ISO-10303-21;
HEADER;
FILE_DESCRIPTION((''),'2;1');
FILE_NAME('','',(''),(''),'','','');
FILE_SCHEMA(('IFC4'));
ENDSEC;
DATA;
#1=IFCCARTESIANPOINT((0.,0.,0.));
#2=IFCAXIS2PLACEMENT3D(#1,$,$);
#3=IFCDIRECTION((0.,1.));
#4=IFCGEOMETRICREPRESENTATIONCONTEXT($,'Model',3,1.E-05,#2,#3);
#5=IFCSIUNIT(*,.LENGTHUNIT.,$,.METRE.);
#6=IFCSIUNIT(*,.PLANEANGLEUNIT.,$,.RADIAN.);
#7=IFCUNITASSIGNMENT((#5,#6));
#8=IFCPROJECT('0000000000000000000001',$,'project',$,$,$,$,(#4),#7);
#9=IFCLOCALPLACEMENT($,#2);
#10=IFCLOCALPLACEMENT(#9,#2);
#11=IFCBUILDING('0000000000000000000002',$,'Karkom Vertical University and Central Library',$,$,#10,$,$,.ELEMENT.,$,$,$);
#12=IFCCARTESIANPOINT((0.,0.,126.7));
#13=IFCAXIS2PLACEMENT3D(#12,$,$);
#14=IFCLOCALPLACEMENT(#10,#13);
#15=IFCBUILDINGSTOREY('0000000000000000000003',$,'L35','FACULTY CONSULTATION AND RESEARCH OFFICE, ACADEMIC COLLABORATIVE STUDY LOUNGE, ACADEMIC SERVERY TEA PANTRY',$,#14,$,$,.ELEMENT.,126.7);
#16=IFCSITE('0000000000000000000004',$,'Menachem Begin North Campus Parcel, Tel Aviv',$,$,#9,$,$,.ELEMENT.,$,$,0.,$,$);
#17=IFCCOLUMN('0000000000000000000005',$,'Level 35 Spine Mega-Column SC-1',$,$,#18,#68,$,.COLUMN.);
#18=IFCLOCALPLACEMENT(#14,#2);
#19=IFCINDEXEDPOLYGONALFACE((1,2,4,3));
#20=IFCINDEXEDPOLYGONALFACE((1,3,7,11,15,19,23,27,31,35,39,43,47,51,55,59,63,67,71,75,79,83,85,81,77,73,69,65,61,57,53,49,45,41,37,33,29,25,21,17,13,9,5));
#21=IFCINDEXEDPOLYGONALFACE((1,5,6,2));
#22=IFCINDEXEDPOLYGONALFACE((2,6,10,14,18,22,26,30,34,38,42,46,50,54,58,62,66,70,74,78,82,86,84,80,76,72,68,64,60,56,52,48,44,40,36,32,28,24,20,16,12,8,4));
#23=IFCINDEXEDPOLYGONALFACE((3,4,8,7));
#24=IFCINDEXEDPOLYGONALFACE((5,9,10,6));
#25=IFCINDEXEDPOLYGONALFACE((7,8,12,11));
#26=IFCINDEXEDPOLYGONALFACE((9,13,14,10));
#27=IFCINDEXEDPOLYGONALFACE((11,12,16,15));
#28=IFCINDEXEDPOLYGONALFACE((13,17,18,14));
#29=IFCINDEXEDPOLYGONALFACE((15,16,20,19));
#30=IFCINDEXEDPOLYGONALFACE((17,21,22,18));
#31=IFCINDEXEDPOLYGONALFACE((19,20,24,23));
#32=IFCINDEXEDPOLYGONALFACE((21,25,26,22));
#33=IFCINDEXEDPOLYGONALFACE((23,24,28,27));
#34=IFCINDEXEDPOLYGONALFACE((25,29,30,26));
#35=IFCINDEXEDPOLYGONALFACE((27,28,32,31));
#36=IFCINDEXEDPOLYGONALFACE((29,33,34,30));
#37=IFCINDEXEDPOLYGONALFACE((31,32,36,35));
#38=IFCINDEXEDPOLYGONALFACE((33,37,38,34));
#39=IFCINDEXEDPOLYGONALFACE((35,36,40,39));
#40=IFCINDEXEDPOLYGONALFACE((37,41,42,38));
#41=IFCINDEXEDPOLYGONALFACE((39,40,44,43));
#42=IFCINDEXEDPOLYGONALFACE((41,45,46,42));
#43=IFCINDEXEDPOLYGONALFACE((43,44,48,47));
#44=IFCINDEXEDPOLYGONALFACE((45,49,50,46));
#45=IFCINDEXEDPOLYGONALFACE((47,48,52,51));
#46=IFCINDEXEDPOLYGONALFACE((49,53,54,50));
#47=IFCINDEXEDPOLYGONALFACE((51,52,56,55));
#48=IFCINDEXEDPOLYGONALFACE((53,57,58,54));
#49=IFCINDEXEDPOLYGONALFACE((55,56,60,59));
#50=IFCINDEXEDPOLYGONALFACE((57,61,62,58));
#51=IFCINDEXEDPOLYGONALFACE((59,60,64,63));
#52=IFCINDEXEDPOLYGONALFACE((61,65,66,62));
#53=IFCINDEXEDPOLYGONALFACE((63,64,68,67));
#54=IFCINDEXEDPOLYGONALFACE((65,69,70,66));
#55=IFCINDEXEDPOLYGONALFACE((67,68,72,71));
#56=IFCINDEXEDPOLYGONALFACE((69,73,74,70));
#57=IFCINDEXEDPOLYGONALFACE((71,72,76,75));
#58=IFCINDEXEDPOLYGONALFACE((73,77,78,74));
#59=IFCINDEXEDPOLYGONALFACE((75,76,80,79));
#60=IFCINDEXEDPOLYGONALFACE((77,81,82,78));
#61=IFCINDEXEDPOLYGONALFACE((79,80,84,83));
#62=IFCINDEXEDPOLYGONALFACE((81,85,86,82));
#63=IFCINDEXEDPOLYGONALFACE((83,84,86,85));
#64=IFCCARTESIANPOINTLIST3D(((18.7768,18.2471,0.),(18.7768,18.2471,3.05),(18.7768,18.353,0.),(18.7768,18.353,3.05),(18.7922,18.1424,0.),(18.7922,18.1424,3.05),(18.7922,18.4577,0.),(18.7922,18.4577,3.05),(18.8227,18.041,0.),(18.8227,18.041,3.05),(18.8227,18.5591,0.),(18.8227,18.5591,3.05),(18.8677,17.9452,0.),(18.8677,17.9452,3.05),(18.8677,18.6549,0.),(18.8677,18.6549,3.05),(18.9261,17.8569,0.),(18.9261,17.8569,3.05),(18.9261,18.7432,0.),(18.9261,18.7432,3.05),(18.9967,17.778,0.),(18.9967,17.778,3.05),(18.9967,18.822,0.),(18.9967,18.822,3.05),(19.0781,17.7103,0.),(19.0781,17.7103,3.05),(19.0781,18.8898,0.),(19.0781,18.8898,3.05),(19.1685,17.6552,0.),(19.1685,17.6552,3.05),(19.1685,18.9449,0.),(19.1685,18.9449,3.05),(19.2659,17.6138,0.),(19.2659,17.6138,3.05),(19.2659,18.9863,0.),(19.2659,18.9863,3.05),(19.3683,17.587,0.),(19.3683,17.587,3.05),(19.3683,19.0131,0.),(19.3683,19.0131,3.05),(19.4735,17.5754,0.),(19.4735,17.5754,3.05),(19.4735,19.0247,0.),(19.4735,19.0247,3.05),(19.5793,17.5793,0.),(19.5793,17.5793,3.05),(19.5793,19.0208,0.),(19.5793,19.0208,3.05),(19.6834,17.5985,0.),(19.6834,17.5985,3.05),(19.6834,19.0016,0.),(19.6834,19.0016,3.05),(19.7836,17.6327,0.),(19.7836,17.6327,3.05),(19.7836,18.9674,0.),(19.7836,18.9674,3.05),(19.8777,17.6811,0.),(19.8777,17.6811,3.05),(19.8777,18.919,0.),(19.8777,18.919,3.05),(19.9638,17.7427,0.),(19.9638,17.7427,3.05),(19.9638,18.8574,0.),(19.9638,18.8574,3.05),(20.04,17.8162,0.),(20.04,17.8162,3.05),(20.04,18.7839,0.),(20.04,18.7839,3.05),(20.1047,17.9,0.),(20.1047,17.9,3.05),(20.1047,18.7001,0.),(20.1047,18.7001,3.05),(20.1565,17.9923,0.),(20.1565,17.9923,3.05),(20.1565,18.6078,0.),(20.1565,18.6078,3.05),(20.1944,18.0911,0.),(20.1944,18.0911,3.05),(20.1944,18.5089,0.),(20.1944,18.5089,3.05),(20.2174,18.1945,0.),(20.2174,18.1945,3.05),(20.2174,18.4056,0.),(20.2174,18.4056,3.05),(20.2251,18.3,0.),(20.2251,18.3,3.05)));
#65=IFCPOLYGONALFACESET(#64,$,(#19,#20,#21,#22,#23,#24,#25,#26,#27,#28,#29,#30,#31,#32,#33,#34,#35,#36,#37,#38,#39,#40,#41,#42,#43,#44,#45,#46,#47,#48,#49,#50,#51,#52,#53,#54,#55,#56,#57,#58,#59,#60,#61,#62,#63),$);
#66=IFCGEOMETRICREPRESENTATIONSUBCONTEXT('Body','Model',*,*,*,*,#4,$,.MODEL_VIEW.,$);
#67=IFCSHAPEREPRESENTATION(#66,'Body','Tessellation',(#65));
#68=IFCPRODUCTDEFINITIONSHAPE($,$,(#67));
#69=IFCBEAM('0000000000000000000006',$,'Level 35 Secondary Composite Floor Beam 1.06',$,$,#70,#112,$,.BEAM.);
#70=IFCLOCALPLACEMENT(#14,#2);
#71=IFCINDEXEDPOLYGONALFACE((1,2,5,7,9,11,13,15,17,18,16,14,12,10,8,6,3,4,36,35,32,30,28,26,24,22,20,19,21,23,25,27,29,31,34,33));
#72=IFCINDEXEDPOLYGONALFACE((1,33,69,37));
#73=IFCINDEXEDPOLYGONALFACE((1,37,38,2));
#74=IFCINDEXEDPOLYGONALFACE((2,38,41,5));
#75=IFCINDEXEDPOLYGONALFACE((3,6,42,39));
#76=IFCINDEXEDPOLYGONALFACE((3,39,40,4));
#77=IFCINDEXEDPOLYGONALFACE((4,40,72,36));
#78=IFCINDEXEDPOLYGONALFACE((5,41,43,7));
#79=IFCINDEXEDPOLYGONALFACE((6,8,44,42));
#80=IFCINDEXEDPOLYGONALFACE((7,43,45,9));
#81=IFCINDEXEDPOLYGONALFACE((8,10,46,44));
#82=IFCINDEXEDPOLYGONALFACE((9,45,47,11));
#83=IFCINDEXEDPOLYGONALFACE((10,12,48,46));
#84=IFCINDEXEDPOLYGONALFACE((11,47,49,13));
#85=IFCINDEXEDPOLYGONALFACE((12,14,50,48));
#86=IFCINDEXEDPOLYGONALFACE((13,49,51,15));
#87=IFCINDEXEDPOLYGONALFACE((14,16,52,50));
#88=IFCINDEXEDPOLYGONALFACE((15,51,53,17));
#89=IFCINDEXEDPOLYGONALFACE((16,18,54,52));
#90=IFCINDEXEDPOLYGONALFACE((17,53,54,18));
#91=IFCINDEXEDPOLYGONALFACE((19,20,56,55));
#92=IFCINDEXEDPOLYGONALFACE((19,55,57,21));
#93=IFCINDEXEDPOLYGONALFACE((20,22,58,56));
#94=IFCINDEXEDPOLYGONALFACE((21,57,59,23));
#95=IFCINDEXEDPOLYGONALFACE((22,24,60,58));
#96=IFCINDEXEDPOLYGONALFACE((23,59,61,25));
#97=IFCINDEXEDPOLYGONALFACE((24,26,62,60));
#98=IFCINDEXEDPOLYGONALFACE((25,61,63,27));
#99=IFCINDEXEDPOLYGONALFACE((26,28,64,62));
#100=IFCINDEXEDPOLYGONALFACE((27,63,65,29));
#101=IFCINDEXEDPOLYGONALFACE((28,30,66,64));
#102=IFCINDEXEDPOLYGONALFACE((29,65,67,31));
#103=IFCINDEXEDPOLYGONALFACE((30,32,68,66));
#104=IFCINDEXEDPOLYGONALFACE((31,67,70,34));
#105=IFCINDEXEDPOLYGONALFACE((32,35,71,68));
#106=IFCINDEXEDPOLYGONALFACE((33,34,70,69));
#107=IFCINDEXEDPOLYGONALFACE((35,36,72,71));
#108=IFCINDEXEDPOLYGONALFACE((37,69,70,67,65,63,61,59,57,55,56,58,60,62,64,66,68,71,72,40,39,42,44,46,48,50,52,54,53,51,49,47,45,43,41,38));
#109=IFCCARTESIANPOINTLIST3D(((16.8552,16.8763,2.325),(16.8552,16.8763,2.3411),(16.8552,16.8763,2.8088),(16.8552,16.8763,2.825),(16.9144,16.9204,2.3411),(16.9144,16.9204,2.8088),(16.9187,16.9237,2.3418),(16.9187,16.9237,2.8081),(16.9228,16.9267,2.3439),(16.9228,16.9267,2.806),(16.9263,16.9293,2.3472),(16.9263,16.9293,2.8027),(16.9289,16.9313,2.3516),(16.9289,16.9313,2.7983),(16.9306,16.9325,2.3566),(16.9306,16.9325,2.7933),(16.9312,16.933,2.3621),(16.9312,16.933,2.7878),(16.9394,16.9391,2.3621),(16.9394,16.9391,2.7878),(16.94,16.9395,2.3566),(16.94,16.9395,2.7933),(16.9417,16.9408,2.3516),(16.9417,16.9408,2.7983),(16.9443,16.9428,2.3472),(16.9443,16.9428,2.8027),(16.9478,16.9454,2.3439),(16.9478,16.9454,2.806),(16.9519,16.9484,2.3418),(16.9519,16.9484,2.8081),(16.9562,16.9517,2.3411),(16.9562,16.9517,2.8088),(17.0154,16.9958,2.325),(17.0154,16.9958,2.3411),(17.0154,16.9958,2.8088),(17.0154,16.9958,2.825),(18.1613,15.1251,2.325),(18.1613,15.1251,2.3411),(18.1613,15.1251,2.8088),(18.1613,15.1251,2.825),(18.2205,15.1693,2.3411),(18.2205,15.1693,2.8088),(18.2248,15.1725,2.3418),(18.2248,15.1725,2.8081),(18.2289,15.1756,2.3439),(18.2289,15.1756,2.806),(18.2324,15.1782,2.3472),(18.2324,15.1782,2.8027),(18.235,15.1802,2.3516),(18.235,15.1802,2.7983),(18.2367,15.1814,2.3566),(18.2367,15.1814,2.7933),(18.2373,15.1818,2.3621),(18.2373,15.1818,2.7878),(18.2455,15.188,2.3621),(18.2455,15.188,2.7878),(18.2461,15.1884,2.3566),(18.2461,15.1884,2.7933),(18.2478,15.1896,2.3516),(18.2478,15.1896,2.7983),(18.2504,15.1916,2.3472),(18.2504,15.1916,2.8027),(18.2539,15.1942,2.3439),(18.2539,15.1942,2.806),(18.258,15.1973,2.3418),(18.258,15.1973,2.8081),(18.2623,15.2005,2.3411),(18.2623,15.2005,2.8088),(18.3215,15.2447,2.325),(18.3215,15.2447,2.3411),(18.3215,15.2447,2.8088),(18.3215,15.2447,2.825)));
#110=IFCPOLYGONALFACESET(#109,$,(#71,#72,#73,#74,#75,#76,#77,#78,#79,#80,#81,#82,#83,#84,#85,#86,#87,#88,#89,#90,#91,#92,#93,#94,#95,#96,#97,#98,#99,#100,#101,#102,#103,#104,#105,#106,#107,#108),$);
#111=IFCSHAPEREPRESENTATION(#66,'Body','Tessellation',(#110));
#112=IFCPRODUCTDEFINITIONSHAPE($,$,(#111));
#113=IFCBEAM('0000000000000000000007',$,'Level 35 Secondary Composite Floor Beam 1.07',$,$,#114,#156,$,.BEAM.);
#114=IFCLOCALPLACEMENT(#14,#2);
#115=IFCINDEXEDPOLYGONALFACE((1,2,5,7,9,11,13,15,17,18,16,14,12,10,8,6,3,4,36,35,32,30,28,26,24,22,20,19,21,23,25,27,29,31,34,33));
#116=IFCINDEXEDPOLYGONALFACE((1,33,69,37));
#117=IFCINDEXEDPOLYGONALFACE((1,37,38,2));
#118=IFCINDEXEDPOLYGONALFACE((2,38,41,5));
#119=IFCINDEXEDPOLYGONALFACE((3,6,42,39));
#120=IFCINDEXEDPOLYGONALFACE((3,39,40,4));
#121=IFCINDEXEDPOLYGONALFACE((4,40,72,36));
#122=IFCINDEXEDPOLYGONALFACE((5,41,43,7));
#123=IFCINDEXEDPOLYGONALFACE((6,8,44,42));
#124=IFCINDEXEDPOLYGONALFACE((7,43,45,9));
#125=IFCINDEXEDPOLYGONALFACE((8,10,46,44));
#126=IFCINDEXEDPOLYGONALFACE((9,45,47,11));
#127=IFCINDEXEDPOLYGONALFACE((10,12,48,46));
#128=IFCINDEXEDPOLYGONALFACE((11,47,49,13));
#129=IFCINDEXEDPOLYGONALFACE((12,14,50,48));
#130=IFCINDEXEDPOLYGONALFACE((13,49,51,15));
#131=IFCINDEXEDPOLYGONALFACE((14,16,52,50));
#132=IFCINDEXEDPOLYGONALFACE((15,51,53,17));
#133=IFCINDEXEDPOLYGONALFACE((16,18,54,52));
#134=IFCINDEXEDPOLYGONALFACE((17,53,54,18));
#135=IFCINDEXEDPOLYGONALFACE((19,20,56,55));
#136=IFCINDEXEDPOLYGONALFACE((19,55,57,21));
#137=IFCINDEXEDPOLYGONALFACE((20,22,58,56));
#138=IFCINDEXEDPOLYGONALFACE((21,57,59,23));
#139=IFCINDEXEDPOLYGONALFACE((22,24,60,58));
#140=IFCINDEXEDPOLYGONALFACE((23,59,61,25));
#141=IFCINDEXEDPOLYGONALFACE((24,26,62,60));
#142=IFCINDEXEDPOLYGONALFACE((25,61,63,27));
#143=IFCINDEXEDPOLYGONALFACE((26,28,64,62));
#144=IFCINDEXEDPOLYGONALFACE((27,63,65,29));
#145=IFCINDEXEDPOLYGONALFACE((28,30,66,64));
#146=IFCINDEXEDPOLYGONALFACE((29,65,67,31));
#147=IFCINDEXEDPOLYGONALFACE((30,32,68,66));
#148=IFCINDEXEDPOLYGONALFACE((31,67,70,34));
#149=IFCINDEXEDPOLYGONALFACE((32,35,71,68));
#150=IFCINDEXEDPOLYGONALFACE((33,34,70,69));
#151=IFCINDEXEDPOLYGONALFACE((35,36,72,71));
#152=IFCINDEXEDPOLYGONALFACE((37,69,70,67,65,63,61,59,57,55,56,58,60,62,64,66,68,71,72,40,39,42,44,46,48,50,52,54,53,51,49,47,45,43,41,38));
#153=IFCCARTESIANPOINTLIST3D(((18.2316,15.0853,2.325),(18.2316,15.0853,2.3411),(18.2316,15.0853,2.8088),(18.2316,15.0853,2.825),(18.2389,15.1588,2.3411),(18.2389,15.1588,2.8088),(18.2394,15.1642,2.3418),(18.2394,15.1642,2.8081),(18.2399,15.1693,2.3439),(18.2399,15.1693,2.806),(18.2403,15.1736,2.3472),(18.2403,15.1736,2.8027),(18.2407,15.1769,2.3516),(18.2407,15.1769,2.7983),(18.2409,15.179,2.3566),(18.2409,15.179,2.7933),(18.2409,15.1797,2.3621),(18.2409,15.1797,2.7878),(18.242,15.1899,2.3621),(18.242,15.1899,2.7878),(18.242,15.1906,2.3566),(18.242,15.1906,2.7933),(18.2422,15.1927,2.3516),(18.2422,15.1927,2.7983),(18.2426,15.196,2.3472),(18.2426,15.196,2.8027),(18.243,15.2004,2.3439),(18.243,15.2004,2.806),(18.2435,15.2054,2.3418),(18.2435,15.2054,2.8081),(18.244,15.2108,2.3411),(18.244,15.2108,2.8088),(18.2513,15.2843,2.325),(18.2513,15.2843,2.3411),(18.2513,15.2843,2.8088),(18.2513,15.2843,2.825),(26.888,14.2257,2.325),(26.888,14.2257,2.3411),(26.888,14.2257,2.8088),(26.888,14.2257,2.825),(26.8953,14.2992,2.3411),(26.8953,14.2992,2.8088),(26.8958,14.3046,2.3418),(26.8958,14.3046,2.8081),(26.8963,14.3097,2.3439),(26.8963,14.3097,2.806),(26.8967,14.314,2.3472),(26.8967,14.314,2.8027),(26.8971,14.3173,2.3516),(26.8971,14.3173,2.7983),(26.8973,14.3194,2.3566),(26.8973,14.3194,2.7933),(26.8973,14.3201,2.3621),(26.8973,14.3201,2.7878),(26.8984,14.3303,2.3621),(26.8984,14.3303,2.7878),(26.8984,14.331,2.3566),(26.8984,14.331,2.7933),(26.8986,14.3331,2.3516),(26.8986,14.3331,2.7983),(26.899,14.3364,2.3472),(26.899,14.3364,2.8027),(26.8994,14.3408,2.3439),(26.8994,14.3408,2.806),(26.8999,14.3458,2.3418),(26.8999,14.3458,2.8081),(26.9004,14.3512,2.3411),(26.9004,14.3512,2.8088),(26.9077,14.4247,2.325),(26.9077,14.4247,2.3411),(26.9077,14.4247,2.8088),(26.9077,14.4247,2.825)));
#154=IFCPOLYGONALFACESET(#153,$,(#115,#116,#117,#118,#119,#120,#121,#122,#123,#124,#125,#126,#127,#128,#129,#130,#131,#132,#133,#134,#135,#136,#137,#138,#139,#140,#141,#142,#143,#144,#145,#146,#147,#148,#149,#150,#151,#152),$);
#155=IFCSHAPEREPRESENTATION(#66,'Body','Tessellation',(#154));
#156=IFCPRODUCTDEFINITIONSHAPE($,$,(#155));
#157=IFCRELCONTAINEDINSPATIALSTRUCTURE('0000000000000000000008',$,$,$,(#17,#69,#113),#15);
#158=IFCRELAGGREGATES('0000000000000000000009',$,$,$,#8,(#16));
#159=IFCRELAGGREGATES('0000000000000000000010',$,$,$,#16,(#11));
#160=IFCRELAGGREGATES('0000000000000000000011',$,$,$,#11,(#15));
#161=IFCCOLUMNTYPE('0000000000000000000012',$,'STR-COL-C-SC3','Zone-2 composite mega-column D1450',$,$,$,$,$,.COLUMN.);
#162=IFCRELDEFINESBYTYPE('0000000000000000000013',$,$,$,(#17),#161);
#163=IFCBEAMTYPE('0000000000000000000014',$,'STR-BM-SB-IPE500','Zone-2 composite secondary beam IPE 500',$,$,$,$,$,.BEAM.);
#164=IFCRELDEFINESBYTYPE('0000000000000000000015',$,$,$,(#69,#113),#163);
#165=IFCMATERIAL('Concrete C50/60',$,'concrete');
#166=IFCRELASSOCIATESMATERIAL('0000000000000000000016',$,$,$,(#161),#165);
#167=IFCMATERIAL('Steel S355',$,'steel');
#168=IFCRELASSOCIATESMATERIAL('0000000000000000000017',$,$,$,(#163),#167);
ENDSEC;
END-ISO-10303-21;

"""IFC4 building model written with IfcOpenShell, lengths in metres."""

from ifc_helpers import new_model, si_unit, direction, frame, origin, origin_with_axes, origin_2d, place, context, subcontext, project, spatial, circle, i_section, extrude, source, transform, mapped, material, material_profile, profile_set, type_object, element, save


model = new_model("IFC4")

# Units and contexts
model_context = context("Model", 3, precision=1e-05, world=origin(), true_north=direction((0.0, 1.0)))
body_context = subcontext(model_context, "Body", "Model", "MODEL_VIEW")
ifc_project = project(units=[si_unit("LENGTHUNIT", "METRE"), si_unit("PLANEANGLEUNIT", "RADIAN")], contexts=[model_context])

# Site, building, storey
site_placement = place(None, origin())
site = spatial("IfcSite", under=ifc_project, at=site_placement, Name="Menachem Begin North Campus Parcel, Tel Aviv", CompositionType="ELEMENT", RefElevation=0.0)
building_placement = place(site_placement, origin())
building = spatial("IfcBuilding", under=site, at=building_placement, Name="Karkom Vertical University and Central Library", CompositionType="ELEMENT")
storey_placement = place(building_placement, frame((0.0, 0.0, 126.7)))
storey = spatial("IfcBuildingStorey", under=building, at=storey_placement, Name="L35", Description="FACULTY CONSULTATION AND RESEARCH OFFICE, ACADEMIC COLLABORATIVE STUDY LOUNGE, ACADEMIC SERVERY TEA PANTRY", CompositionType="ELEMENT", Elevation=126.7)

# Column
ifc_material_1 = material(Name="Concrete C50/60", Category="concrete")
ifc_material_profile_1 = material_profile(ifc_material_1, circle(Radius=0.7251, at=origin_2d()), Name="CFT-D1450")
ifc_profile_set_1 = profile_set([ifc_material_profile_1], Name="Concrete C50/60")
column_type = type_object("IfcColumnType", Name="STR-COL-C-SC3", Description="Zone-2 composite mega-column D1450", PredefinedType="COLUMN", material=ifc_profile_set_1)
shared_shape_1 = source(origin_with_axes(), body_context, "Body", "SweptSolid", [
    extrude(circle(Radius=0.7251, at=origin_2d()), origin(), (0.0, 0.0, 1.0), 3.05),
])
column_placement = place(storey_placement, frame((19.5, 18.3, 0.0), z_axis=(0.0, 0.0, 1.0), x_axis=(1.0, 0.0, 0.0)))
element("IfcColumn", 1, at=column_placement, inside=storey, type_object=column_type, Name="Level 35 Spine Mega-Column SC-1", PredefinedType="COLUMN", context=body_context, shape_type="MappedRepresentation", body=[
    mapped(shared_shape_1, transform((0.0, 0.0, 0.0), scale=1.0)),
])

# Beams
ifc_material_2 = material(Name="Steel S355", Category="steel")
ifc_material_profile_2 = material_profile(ifc_material_2, i_section(OverallWidth=0.2, OverallDepth=0.5, WebThickness=0.0103, FlangeThickness=0.0161, FilletRadius=0.021, at=origin_2d()), Name="IPE 500")
ifc_profile_set_2 = profile_set([ifc_material_profile_2], Name="Steel S355")
beam_type_1 = type_object("IfcBeamType", Name="STR-BM-SB-IPE500", Description="Zone-2 composite secondary beam IPE 500", PredefinedType="BEAM", material=ifc_profile_set_2)
shared_shape_2 = source(origin_with_axes(), body_context, "Body", "SweptSolid", [
    extrude(i_section(OverallWidth=0.2, OverallDepth=0.5, WebThickness=0.0103, FlangeThickness=0.0161, FilletRadius=0.021, at=origin_2d()), origin(), (0.0, 0.0, 1.0), 2.1846),
])
beam_1_placement = place(storey_placement, frame((16.9353, 16.936, 2.575), z_axis=(0.59787, -0.801593, 0.0), x_axis=(0.801593, 0.59787, 0.0)))
element("IfcBeam", 2, at=beam_1_placement, inside=storey, type_object=beam_type_1, Name="Level 35 Secondary Composite Floor Beam 1.06", PredefinedType="BEAM", context=body_context, shape_type="MappedRepresentation", body=[
    mapped(shared_shape_2, transform((0.0, 0.0, 0.0), scale=1.0)),
])
shared_shape_3 = source(origin_with_axes(), body_context, "Body", "SweptSolid", [
    extrude(i_section(OverallWidth=0.2, OverallDepth=0.5, WebThickness=0.0103, FlangeThickness=0.0161, FilletRadius=0.021, at=origin_2d()), origin(), (0.0, 0.0, 1.0), 8.699),
])
beam_2_placement = place(storey_placement, frame((18.2415, 15.1848, 2.575), z_axis=(0.995106, -0.098817, 0.0), x_axis=(0.098817, 0.995106, 0.0)))
element("IfcBeam", 3, at=beam_2_placement, inside=storey, type_object=beam_type_1, Name="Level 35 Secondary Composite Floor Beam 1.07", PredefinedType="BEAM", context=body_context, shape_type="MappedRepresentation", body=[
    mapped(shared_shape_3, transform((0.0, 0.0, 0.0), scale=1.0)),
])

save(model, "model.ifc")
